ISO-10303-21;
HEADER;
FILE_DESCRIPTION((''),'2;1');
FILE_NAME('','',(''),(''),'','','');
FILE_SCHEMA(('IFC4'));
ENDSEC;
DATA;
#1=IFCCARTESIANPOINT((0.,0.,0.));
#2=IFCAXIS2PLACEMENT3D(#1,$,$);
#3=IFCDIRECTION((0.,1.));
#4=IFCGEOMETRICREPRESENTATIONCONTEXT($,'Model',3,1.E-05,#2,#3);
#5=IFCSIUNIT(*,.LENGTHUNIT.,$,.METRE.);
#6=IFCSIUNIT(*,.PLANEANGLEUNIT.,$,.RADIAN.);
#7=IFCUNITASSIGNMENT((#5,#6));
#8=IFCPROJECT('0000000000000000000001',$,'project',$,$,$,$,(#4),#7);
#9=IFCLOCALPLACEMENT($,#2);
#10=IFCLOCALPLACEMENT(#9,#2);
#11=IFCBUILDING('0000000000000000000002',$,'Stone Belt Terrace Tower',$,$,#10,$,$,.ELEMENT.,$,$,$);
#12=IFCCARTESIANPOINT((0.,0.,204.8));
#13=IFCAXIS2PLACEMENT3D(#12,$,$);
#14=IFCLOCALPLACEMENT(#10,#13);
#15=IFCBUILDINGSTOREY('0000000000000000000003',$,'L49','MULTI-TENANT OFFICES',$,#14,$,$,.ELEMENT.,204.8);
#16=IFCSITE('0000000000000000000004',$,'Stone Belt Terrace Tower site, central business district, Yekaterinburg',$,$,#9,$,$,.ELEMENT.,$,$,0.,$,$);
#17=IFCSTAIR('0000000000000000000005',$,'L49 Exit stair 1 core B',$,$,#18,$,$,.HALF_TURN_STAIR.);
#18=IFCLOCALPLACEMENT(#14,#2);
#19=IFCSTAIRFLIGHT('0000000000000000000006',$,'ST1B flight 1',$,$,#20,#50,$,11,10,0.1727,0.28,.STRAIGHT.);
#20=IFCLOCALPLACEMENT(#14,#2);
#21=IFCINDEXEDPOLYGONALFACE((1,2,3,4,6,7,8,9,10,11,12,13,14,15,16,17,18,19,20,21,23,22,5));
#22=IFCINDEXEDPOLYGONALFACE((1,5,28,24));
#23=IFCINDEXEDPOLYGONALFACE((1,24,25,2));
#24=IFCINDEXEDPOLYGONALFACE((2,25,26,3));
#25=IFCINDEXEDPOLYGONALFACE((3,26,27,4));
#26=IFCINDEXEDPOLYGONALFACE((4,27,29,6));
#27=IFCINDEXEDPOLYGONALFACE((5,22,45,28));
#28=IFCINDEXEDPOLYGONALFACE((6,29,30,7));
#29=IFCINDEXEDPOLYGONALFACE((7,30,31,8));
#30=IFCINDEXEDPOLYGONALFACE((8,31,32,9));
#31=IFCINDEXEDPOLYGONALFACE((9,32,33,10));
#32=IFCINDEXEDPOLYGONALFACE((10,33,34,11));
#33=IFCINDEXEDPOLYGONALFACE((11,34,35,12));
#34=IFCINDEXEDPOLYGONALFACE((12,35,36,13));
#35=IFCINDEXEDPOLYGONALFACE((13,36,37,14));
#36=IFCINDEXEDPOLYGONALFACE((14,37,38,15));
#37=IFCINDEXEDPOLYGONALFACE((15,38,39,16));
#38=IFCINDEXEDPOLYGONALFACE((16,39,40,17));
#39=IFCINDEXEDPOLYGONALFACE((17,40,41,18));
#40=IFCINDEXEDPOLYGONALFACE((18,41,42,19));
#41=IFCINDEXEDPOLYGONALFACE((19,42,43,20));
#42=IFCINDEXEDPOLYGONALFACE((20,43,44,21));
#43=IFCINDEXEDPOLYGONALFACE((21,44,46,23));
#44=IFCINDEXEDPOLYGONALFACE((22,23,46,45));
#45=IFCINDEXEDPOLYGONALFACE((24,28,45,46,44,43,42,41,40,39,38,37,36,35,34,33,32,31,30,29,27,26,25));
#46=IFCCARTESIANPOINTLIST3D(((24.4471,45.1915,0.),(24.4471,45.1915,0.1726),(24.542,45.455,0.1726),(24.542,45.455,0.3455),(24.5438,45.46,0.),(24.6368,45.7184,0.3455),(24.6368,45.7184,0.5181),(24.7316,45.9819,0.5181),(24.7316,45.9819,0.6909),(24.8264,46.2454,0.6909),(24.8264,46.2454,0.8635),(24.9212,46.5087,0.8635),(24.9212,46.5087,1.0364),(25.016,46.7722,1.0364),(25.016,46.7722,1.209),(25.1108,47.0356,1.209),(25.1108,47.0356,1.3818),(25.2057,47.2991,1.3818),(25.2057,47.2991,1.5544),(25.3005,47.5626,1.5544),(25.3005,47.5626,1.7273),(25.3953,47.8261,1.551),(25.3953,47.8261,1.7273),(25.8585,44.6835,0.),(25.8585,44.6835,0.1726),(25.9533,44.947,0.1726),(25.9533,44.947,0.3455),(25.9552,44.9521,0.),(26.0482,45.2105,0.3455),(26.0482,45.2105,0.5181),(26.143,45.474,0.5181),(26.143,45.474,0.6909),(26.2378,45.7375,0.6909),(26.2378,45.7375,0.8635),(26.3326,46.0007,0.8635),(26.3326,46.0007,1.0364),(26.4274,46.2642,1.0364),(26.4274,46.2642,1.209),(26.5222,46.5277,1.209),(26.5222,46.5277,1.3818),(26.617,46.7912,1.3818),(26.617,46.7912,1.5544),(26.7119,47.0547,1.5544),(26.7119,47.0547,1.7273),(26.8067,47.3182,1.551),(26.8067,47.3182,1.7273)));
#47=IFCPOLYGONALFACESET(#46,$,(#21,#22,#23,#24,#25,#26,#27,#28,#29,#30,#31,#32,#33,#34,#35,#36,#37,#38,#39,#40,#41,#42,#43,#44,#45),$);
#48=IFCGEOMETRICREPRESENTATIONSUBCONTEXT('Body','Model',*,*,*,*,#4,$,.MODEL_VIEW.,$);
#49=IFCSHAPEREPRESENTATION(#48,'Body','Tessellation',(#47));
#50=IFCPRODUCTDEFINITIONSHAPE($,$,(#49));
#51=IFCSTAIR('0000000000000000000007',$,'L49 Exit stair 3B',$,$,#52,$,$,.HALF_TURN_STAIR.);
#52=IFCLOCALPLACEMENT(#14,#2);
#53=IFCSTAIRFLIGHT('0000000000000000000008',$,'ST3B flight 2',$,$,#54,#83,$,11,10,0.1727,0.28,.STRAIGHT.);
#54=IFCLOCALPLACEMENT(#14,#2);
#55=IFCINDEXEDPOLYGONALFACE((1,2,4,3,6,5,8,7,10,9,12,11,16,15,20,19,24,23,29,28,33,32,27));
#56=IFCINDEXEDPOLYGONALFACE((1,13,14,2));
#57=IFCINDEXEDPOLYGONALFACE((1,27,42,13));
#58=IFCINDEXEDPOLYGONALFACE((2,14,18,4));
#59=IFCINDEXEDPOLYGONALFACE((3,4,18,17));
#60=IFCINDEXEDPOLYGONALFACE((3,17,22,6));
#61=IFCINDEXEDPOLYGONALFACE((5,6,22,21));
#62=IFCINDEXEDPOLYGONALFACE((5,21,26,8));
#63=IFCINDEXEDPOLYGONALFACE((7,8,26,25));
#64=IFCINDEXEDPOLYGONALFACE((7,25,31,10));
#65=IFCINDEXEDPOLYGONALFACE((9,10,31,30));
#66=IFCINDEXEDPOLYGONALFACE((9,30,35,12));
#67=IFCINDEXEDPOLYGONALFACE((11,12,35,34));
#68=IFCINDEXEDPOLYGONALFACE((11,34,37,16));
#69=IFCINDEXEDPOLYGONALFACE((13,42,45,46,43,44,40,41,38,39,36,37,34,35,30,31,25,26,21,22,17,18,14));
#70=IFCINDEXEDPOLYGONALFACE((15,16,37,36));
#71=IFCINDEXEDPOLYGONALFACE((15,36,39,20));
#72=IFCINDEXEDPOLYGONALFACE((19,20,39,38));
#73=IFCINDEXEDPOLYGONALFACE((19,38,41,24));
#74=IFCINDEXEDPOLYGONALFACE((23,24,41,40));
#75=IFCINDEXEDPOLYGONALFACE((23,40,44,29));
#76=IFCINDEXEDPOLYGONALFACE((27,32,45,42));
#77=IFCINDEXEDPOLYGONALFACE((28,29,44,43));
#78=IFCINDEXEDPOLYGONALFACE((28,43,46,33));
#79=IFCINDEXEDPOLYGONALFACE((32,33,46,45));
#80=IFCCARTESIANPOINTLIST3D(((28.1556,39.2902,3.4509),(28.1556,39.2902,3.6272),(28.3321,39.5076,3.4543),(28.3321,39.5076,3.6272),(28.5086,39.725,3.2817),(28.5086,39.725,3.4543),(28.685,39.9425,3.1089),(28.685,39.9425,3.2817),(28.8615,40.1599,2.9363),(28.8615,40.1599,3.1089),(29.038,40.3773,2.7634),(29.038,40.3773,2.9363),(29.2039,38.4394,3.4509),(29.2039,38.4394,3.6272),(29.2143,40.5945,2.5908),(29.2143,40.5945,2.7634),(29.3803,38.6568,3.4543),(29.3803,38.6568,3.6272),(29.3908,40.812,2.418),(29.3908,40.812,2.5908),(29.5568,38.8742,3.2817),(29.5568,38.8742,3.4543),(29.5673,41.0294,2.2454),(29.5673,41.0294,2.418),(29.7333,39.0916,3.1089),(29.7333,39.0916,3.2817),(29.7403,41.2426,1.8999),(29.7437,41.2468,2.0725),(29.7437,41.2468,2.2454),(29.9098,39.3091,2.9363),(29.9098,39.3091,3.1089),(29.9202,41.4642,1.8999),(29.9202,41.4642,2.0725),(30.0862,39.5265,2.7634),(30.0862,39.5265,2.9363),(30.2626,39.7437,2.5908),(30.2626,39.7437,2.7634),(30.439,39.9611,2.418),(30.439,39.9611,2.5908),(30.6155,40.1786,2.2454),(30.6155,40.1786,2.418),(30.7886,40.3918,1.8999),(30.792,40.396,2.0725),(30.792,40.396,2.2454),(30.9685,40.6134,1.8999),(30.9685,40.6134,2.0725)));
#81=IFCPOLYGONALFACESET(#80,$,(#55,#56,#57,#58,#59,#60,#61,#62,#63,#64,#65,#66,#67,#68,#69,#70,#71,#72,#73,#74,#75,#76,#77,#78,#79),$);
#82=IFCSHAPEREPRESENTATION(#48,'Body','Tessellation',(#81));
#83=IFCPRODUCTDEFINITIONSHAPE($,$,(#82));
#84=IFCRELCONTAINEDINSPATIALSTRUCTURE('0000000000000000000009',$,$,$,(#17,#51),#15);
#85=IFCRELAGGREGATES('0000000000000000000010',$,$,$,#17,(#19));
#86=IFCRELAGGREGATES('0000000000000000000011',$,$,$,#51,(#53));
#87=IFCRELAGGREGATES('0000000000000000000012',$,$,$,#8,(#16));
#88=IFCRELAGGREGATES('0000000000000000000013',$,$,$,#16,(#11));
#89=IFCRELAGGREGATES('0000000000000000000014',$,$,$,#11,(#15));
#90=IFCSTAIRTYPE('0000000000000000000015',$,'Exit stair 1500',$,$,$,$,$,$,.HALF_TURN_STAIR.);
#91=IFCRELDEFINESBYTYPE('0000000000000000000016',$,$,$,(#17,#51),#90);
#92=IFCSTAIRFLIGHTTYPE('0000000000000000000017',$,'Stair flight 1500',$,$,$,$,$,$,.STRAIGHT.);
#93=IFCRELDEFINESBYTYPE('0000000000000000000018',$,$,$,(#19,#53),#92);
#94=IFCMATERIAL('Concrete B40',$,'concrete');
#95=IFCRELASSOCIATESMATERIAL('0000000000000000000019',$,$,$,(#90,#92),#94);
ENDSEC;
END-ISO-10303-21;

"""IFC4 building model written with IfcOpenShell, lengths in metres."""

from ifc_helpers import new_model, si_unit, direction, frame, origin, place, context, subcontext, project, spatial, polyline, outline, extrude, material, type_object, element, aggregate, save


model = new_model("IFC4")

# Units and contexts
model_context = context("Model", 3, precision=1e-05, world=origin(), true_north=direction((0.0, 1.0)))
body_context = subcontext(model_context, "Body", "Model", "MODEL_VIEW")
ifc_project = project(units=[si_unit("LENGTHUNIT", "METRE"), si_unit("PLANEANGLEUNIT", "RADIAN")], contexts=[model_context])

# Site, building, storey
site_placement = place(None, origin())
site = spatial("IfcSite", under=ifc_project, at=site_placement, Name="Stone Belt Terrace Tower site, central business district, Yekaterinburg", CompositionType="ELEMENT", RefElevation=0.0)
building_placement = place(site_placement, origin())
building = spatial("IfcBuilding", under=site, at=building_placement, Name="Stone Belt Terrace Tower", CompositionType="ELEMENT")
storey_placement = place(building_placement, frame((0.0, 0.0, 204.8)))
storey = spatial("IfcBuildingStorey", under=building, at=storey_placement, Name="L49", Description="MULTI-TENANT OFFICES", CompositionType="ELEMENT", Elevation=204.8)

# Stairs, stair flights
ifc_material_1 = material(Name="Concrete B40", Category="concrete")
stair_type = type_object("IfcStairType", Name="Exit stair 1500", PredefinedType="HALF_TURN_STAIR", material=ifc_material_1)
stair_1_placement = place(storey_placement, origin())
stair_1 = element("IfcStair", 1, at=stair_1_placement, inside=storey, type_object=stair_type, Name="L49 Exit stair 1 core B", PredefinedType="HALF_TURN_STAIR")
stair_flight_type = type_object("IfcStairFlightType", Name="Stair flight 1500", PredefinedType="STRAIGHT", material=ifc_material_1)
stair_flight_1_placement = place(storey_placement, frame((25.1528, 44.9375, 0.0), z_axis=(0.0, 0.0, 1.0), x_axis=(0.338624, 0.940922, 0.0)))
stair_flight_1 = element("IfcStairFlight", 2, at=stair_flight_1_placement, type_object=stair_flight_type, Name="ST1B flight 1", NumberOfRisers=11, NumberOfTreads=10, PredefinedType="STRAIGHT", RiserHeight=0.1727, TreadLength=0.28, context=body_context, shape_type="SweptSolid", body=[
    extrude(outline(polyline([(0.0, 0.0), (0.0, 0.1726), (0.28, 0.1726), (0.28, 0.3455), (0.5601, 0.3455), (0.5601, 0.5181), (0.8401, 0.5181), (0.8401, 0.6909), (1.1201, 0.6909), (1.1201, 0.8635), (1.3999, 0.8635), (1.3999, 1.0364), (1.6799, 1.0364), (1.6799, 1.209), (1.96, 1.209), (1.96, 1.3818), (2.24, 1.3818), (2.24, 1.5544), (2.52, 1.5544), (2.52, 1.7273), (2.8, 1.7273), (2.8, 1.8999), (2.8, 1.551), (0.2854, 0.0), (0.0, 0.0)])), frame((0.0, 0.75, 0.0), z_axis=(0.0, -1.0, 0.0), x_axis=(1.0, 0.0, 0.0)), (0.0, 0.0, 1.0), 1.5),
])
aggregate(stair_1, [stair_flight_1])
stair_2_placement = place(storey_placement, origin())
stair_2 = element("IfcStair", 3, at=stair_2_placement, inside=storey, type_object=stair_type, Name="L49 Exit stair 3B", PredefinedType="HALF_TURN_STAIR")
stair_flight_2_placement = place(storey_placement, frame((30.4443, 41.0388, 1.8999), z_axis=(0.0, 0.0, 1.0), x_axis=(-0.630206, -0.776428, 0.0)))
stair_flight_2 = element("IfcStairFlight", 4, at=stair_flight_2_placement, type_object=stair_flight_type, Name="ST3B flight 2", NumberOfRisers=11, NumberOfTreads=10, PredefinedType="STRAIGHT", RiserHeight=0.1727, TreadLength=0.28, context=body_context, shape_type="SweptSolid", body=[
    extrude(outline(polyline([(0.0, 0.0), (0.0, 0.1726), (0.28, 0.1726), (0.28, 0.3455), (0.5601, 0.3455), (0.5601, 0.5181), (0.8401, 0.5181), (0.8401, 0.6909), (1.1201, 0.6909), (1.1201, 0.8635), (1.3999, 0.8635), (1.3999, 1.0364), (1.6799, 1.0364), (1.6799, 1.209), (1.96, 1.209), (1.96, 1.3818), (2.24, 1.3818), (2.24, 1.5544), (2.52, 1.5544), (2.52, 1.7273), (2.8, 1.7273), (2.8, 1.8999), (2.8, 1.551), (0.2854, 0.0), (0.0, 0.0)])), frame((0.0, 0.675, 0.0), z_axis=(0.0, -1.0, 0.0), x_axis=(1.0, 0.0, 0.0)), (0.0, 0.0, 1.0), 1.3501),
])
aggregate(stair_2, [stair_flight_2])

save(model, "model.ifc")
